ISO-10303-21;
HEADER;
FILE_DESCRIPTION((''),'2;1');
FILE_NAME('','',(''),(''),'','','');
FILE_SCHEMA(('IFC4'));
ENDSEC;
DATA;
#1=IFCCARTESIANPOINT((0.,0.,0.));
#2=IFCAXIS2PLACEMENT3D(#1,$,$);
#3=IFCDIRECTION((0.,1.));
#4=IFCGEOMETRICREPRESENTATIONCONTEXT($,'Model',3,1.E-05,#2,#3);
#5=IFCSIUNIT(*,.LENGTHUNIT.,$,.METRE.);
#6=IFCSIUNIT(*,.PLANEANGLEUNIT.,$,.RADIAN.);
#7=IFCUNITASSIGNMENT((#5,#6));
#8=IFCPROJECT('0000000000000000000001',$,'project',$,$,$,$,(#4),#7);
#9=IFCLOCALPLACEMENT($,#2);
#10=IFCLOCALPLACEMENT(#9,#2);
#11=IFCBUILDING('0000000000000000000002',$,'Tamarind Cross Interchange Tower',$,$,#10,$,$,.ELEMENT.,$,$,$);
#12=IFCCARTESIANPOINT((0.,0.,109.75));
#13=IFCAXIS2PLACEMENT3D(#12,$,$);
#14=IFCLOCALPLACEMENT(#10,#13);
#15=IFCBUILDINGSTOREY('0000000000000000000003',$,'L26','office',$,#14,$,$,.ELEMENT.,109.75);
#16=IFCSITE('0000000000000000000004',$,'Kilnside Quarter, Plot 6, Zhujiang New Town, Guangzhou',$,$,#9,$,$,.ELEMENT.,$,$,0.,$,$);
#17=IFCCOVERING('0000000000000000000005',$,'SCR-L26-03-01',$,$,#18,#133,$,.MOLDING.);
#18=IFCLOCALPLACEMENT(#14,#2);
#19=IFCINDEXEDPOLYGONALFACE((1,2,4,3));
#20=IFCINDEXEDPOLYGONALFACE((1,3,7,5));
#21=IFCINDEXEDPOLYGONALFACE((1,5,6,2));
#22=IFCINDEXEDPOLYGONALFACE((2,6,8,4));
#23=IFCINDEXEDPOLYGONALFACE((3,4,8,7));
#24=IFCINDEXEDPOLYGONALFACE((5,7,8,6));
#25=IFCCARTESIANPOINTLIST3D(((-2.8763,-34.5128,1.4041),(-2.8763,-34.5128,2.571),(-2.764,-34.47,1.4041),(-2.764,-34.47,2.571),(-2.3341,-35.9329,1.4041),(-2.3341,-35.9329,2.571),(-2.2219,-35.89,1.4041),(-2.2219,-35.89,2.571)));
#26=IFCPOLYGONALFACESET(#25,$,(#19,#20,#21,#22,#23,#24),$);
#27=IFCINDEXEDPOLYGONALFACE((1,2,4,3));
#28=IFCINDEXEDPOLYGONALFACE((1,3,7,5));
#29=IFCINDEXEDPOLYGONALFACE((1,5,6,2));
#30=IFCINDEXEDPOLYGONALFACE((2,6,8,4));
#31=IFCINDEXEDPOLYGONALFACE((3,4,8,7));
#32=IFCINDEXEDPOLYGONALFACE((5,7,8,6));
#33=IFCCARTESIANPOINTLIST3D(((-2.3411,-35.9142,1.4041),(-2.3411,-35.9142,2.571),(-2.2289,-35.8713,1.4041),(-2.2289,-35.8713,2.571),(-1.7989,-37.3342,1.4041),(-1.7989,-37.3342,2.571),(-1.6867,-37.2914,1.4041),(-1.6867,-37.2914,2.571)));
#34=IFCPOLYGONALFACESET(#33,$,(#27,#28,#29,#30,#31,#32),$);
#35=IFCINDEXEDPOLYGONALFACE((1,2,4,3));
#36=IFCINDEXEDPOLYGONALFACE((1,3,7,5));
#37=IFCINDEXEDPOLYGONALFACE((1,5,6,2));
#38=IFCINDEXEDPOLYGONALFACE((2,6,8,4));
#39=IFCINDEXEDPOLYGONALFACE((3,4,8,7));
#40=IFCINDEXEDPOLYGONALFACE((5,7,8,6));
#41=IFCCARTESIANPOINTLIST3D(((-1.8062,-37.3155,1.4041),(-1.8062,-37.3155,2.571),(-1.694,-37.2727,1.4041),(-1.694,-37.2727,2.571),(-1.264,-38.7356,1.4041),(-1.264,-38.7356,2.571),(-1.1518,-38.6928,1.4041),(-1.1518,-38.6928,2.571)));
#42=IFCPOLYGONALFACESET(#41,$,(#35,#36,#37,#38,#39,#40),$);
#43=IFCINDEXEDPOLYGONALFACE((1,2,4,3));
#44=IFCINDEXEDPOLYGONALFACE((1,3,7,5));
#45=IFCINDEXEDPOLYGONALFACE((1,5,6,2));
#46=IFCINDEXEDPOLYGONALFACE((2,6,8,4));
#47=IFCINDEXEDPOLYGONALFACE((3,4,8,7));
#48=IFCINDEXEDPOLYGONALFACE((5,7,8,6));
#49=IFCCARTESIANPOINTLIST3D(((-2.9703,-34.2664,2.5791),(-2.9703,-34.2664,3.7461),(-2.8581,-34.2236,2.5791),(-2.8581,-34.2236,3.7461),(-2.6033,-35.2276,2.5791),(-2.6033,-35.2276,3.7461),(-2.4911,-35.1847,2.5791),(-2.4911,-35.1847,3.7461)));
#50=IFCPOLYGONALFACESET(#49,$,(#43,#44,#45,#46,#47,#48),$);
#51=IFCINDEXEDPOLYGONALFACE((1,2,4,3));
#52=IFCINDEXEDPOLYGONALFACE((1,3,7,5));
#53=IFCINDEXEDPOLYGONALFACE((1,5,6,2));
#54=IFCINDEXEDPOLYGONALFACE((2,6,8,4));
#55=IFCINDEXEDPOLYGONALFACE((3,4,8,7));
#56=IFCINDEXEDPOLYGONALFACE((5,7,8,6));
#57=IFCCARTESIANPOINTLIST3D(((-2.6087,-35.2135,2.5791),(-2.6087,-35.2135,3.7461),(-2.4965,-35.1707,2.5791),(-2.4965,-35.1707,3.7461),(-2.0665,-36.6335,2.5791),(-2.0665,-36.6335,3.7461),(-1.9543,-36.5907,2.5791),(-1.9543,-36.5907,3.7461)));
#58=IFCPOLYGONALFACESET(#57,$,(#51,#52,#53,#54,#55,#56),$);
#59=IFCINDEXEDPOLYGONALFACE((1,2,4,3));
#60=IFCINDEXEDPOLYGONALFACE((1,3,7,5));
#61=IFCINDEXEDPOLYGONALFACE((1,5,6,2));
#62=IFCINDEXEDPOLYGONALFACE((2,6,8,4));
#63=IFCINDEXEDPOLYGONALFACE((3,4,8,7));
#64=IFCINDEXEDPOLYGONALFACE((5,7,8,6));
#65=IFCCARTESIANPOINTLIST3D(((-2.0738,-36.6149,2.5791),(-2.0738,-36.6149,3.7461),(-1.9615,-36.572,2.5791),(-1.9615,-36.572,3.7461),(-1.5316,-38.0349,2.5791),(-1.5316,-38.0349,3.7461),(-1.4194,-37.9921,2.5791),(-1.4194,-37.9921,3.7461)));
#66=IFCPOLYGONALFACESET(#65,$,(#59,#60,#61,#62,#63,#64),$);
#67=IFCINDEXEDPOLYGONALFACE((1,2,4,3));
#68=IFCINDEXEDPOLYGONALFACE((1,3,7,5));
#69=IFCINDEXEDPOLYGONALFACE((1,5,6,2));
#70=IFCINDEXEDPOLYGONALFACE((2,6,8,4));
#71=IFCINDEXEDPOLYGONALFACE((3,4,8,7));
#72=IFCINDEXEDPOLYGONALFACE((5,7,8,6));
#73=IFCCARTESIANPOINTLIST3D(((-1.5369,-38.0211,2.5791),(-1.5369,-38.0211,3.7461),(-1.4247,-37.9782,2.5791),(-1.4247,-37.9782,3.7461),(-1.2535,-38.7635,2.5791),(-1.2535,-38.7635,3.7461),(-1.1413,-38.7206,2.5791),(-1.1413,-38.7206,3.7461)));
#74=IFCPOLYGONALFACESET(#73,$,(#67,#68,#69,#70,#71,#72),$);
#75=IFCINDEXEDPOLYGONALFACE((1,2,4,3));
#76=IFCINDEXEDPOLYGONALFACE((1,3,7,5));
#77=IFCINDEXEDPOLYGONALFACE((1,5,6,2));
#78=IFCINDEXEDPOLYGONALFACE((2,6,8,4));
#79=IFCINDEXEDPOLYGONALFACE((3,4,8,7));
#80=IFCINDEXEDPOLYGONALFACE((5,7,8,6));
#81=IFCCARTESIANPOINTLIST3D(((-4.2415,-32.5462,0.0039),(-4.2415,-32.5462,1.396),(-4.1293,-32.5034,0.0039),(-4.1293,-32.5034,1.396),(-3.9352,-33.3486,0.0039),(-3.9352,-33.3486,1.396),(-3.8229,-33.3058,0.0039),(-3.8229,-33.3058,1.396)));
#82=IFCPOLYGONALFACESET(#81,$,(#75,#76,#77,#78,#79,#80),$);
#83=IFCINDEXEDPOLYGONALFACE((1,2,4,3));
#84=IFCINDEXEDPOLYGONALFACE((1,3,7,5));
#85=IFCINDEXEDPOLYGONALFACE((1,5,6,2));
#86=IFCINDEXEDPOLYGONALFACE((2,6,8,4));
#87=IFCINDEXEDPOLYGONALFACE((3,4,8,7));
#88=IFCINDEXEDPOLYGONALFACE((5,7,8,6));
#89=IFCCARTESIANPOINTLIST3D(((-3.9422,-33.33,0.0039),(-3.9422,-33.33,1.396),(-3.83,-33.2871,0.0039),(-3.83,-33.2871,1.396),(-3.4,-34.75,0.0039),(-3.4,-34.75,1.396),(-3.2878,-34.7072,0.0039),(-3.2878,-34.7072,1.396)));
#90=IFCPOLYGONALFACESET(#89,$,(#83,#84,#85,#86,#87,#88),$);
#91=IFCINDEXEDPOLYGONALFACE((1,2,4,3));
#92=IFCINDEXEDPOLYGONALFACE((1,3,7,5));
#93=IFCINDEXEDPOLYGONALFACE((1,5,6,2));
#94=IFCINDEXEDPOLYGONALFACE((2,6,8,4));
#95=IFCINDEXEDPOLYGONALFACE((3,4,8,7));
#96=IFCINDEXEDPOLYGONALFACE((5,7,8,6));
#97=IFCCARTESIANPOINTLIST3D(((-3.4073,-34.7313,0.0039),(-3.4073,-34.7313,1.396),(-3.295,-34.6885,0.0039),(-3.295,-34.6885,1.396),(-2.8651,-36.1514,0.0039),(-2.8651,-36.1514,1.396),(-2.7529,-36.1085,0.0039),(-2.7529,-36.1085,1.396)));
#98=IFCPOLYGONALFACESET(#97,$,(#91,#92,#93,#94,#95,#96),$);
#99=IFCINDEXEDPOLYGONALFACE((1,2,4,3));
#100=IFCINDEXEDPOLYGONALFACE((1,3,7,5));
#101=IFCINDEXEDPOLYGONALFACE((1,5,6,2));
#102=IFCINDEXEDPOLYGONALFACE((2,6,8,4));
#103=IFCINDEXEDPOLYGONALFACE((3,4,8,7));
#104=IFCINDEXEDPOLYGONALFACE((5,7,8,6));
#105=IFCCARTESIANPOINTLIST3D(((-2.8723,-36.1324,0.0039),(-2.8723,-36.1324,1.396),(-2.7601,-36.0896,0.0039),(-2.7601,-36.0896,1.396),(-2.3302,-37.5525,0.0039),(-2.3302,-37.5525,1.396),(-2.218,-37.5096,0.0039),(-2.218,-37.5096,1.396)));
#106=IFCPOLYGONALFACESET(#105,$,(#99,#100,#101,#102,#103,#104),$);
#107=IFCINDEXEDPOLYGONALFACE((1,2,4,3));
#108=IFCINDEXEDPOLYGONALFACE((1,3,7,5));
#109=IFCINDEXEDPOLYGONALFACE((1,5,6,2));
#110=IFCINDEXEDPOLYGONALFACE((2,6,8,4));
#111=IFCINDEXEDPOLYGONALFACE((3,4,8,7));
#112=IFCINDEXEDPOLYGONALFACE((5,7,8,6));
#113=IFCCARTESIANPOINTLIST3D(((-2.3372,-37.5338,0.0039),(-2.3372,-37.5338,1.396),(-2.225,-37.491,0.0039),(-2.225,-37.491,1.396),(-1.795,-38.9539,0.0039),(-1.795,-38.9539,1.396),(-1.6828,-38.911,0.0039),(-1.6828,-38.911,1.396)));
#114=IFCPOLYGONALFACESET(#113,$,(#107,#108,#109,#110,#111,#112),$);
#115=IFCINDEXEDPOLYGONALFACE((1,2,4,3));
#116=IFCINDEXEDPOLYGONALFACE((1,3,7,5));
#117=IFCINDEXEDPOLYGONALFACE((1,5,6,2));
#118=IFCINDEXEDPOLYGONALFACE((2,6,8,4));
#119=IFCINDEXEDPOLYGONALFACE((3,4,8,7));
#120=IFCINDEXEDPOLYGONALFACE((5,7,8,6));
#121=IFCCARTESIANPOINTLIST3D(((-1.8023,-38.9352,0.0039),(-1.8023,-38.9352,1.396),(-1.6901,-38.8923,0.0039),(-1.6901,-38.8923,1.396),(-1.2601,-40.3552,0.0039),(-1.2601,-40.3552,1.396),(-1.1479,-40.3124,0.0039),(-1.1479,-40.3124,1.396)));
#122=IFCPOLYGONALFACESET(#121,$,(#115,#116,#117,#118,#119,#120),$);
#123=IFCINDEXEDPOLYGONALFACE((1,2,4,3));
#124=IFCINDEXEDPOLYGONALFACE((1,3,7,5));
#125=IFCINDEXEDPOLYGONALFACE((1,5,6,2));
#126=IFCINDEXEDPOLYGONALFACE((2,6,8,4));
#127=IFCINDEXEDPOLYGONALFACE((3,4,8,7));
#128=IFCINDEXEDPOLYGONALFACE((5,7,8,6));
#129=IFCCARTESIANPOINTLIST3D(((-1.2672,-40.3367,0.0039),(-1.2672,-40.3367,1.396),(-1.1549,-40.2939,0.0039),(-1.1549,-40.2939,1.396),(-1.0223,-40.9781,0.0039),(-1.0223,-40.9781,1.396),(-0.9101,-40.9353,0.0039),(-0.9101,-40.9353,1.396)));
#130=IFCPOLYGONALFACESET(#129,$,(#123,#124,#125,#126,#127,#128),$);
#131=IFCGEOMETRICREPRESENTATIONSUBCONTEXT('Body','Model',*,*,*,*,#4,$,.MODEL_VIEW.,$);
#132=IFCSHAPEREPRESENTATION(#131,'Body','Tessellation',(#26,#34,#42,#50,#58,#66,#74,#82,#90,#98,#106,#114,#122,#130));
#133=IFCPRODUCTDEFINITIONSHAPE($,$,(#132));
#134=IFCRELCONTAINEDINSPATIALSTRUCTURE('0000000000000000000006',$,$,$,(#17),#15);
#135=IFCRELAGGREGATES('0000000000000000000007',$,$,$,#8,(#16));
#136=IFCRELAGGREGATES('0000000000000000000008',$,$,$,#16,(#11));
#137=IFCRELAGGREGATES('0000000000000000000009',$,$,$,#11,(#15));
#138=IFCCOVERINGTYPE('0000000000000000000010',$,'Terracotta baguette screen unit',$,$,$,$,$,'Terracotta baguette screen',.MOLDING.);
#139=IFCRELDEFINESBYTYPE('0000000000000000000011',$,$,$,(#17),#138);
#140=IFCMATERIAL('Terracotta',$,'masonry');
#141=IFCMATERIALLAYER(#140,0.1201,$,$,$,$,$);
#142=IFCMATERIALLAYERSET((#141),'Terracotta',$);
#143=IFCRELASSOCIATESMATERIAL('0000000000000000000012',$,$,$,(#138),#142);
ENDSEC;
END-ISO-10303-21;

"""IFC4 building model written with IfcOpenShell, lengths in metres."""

from ifc_helpers import new_model, si_unit, direction, frame, origin, origin_2d, place, context, subcontext, project, spatial, rectangle, extrude, material, layer, layer_set, type_object, element, save


model = new_model("IFC4")

# Units and contexts
model_context = context("Model", 3, precision=1e-05, world=origin(), true_north=direction((0.0, 1.0)))
body_context = subcontext(model_context, "Body", "Model", "MODEL_VIEW")
ifc_project = project(units=[si_unit("LENGTHUNIT", "METRE"), si_unit("PLANEANGLEUNIT", "RADIAN")], contexts=[model_context])

# Site, building, storey
site_placement = place(None, origin())
site = spatial("IfcSite", under=ifc_project, at=site_placement, Name="Kilnside Quarter, Plot 6, Zhujiang New Town, Guangzhou", CompositionType="ELEMENT", RefElevation=0.0)
building_placement = place(site_placement, origin())
building = spatial("IfcBuilding", under=site, at=building_placement, Name="Tamarind Cross Interchange Tower", CompositionType="ELEMENT")
storey_placement = place(building_placement, frame((0.0, 0.0, 109.75)))
storey = spatial("IfcBuildingStorey", under=building, at=storey_placement, Name="L26", Description="office", CompositionType="ELEMENT", Elevation=109.75)

# Covering
ifc_material_1 = material(Name="Terracotta", Category="masonry")
ifc_layer_1 = layer(ifc_material_1, 0.1201)
ifc_layer_set_1 = layer_set([ifc_layer_1], Name="Terracotta")
covering_type = type_object("IfcCoveringType", Name="Terracotta baguette screen unit", ElementType="Terracotta baguette screen", PredefinedType="MOLDING", material=ifc_layer_set_1)
covering_1_placement = place(storey_placement, origin())
element("IfcCovering", 1, at=covering_1_placement, inside=storey, type_object=covering_type, Name="SCR-L26-03-01", PredefinedType="MOLDING", context=body_context, shape_type="SweptSolid", body=[
    extrude(rectangle(XDim=1.52, YDim=0.1201, at=origin_2d()), frame((-2.5491, -35.2014, 1.4041), z_axis=(0.0, 0.0, 1.0), x_axis=(0.356673, -0.934229, 0.0)), (0.0, 0.0, 1.0), 1.167),
    extrude(rectangle(XDim=1.52, YDim=0.1201, at=origin_2d()), frame((-2.0139, -36.6028, 1.4041), z_axis=(0.0, 0.0, 1.0), x_axis=(0.356673, -0.934229, 0.0)), (0.0, 0.0, 1.0), 1.167),
    extrude(rectangle(XDim=1.52, YDim=0.1201, at=origin_2d()), frame((-1.479, -38.0042, 1.4041), z_axis=(0.0, 0.0, 1.0), x_axis=(0.356673, -0.934229, 0.0)), (0.0, 0.0, 1.0), 1.167),
    extrude(rectangle(XDim=1.0288, YDim=0.1201, at=origin_2d()), frame((-2.7307, -34.7256, 2.5791), z_axis=(0.0, 0.0, 1.0), x_axis=(0.356673, -0.934229, 0.0)), (0.0, 0.0, 1.0), 1.167),
    extrude(rectangle(XDim=1.52, YDim=0.1201, at=origin_2d()), frame((-2.2815, -35.9021, 2.5791), z_axis=(0.0, 0.0, 1.0), x_axis=(0.356673, -0.934229, 0.0)), (0.0, 0.0, 1.0), 1.167),
    extrude(rectangle(XDim=1.52, YDim=0.1201, at=origin_2d()), frame((-1.7466, -37.3035, 2.5791), z_axis=(0.0, 0.0, 1.0), x_axis=(0.356673, -0.934229, 0.0)), (0.0, 0.0, 1.0), 1.167),
    extrude(rectangle(XDim=0.7947, YDim=0.1201, at=origin_2d()), frame((-1.3391, -38.3708, 2.5791), z_axis=(0.0, 0.0, 1.0), x_axis=(0.356673, -0.934229, 0.0)), (0.0, 0.0, 1.0), 1.167),
    extrude(rectangle(XDim=0.8589, YDim=0.1201, at=origin_2d()), frame((-4.0322, -32.926, 0.0039), z_axis=(0.0, 0.0, 1.0), x_axis=(0.356673, -0.934229, 0.0)), (0.0, 0.0, 1.0), 1.3921),
    extrude(rectangle(XDim=1.52, YDim=0.1201, at=origin_2d()), frame((-3.615, -34.0186, 0.0039), z_axis=(0.0, 0.0, 1.0), x_axis=(0.356673, -0.934229, 0.0)), (0.0, 0.0, 1.0), 1.3921),
    extrude(rectangle(XDim=1.52, YDim=0.1201, at=origin_2d()), frame((-3.0801, -35.4199, 0.0039), z_axis=(0.0, 0.0, 1.0), x_axis=(0.356673, -0.934229, 0.0)), (0.0, 0.0, 1.0), 1.3921),
    extrude(rectangle(XDim=1.52, YDim=0.1201, at=origin_2d()), frame((-2.5452, -36.821, 0.0039), z_axis=(0.0, 0.0, 1.0), x_axis=(0.356673, -0.934229, 0.0)), (0.0, 0.0, 1.0), 1.3921),
    extrude(rectangle(XDim=1.52, YDim=0.1201, at=origin_2d()), frame((-2.01, -38.2224, 0.0039), z_axis=(0.0, 0.0, 1.0), x_axis=(0.356673, -0.934229, 0.0)), (0.0, 0.0, 1.0), 1.3921),
    extrude(rectangle(XDim=1.52, YDim=0.1201, at=origin_2d()), frame((-1.4751, -39.6238, 0.0039), z_axis=(0.0, 0.0, 1.0), x_axis=(0.356673, -0.934229, 0.0)), (0.0, 0.0, 1.0), 1.3921),
    extrude(rectangle(XDim=0.6865, YDim=0.1201, at=origin_2d()), frame((-1.0886, -40.636, 0.0039), z_axis=(0.0, 0.0, 1.0), x_axis=(0.356673, -0.934229, 0.0)), (0.0, 0.0, 1.0), 1.3921),
])

save(model, "model.ifc")
